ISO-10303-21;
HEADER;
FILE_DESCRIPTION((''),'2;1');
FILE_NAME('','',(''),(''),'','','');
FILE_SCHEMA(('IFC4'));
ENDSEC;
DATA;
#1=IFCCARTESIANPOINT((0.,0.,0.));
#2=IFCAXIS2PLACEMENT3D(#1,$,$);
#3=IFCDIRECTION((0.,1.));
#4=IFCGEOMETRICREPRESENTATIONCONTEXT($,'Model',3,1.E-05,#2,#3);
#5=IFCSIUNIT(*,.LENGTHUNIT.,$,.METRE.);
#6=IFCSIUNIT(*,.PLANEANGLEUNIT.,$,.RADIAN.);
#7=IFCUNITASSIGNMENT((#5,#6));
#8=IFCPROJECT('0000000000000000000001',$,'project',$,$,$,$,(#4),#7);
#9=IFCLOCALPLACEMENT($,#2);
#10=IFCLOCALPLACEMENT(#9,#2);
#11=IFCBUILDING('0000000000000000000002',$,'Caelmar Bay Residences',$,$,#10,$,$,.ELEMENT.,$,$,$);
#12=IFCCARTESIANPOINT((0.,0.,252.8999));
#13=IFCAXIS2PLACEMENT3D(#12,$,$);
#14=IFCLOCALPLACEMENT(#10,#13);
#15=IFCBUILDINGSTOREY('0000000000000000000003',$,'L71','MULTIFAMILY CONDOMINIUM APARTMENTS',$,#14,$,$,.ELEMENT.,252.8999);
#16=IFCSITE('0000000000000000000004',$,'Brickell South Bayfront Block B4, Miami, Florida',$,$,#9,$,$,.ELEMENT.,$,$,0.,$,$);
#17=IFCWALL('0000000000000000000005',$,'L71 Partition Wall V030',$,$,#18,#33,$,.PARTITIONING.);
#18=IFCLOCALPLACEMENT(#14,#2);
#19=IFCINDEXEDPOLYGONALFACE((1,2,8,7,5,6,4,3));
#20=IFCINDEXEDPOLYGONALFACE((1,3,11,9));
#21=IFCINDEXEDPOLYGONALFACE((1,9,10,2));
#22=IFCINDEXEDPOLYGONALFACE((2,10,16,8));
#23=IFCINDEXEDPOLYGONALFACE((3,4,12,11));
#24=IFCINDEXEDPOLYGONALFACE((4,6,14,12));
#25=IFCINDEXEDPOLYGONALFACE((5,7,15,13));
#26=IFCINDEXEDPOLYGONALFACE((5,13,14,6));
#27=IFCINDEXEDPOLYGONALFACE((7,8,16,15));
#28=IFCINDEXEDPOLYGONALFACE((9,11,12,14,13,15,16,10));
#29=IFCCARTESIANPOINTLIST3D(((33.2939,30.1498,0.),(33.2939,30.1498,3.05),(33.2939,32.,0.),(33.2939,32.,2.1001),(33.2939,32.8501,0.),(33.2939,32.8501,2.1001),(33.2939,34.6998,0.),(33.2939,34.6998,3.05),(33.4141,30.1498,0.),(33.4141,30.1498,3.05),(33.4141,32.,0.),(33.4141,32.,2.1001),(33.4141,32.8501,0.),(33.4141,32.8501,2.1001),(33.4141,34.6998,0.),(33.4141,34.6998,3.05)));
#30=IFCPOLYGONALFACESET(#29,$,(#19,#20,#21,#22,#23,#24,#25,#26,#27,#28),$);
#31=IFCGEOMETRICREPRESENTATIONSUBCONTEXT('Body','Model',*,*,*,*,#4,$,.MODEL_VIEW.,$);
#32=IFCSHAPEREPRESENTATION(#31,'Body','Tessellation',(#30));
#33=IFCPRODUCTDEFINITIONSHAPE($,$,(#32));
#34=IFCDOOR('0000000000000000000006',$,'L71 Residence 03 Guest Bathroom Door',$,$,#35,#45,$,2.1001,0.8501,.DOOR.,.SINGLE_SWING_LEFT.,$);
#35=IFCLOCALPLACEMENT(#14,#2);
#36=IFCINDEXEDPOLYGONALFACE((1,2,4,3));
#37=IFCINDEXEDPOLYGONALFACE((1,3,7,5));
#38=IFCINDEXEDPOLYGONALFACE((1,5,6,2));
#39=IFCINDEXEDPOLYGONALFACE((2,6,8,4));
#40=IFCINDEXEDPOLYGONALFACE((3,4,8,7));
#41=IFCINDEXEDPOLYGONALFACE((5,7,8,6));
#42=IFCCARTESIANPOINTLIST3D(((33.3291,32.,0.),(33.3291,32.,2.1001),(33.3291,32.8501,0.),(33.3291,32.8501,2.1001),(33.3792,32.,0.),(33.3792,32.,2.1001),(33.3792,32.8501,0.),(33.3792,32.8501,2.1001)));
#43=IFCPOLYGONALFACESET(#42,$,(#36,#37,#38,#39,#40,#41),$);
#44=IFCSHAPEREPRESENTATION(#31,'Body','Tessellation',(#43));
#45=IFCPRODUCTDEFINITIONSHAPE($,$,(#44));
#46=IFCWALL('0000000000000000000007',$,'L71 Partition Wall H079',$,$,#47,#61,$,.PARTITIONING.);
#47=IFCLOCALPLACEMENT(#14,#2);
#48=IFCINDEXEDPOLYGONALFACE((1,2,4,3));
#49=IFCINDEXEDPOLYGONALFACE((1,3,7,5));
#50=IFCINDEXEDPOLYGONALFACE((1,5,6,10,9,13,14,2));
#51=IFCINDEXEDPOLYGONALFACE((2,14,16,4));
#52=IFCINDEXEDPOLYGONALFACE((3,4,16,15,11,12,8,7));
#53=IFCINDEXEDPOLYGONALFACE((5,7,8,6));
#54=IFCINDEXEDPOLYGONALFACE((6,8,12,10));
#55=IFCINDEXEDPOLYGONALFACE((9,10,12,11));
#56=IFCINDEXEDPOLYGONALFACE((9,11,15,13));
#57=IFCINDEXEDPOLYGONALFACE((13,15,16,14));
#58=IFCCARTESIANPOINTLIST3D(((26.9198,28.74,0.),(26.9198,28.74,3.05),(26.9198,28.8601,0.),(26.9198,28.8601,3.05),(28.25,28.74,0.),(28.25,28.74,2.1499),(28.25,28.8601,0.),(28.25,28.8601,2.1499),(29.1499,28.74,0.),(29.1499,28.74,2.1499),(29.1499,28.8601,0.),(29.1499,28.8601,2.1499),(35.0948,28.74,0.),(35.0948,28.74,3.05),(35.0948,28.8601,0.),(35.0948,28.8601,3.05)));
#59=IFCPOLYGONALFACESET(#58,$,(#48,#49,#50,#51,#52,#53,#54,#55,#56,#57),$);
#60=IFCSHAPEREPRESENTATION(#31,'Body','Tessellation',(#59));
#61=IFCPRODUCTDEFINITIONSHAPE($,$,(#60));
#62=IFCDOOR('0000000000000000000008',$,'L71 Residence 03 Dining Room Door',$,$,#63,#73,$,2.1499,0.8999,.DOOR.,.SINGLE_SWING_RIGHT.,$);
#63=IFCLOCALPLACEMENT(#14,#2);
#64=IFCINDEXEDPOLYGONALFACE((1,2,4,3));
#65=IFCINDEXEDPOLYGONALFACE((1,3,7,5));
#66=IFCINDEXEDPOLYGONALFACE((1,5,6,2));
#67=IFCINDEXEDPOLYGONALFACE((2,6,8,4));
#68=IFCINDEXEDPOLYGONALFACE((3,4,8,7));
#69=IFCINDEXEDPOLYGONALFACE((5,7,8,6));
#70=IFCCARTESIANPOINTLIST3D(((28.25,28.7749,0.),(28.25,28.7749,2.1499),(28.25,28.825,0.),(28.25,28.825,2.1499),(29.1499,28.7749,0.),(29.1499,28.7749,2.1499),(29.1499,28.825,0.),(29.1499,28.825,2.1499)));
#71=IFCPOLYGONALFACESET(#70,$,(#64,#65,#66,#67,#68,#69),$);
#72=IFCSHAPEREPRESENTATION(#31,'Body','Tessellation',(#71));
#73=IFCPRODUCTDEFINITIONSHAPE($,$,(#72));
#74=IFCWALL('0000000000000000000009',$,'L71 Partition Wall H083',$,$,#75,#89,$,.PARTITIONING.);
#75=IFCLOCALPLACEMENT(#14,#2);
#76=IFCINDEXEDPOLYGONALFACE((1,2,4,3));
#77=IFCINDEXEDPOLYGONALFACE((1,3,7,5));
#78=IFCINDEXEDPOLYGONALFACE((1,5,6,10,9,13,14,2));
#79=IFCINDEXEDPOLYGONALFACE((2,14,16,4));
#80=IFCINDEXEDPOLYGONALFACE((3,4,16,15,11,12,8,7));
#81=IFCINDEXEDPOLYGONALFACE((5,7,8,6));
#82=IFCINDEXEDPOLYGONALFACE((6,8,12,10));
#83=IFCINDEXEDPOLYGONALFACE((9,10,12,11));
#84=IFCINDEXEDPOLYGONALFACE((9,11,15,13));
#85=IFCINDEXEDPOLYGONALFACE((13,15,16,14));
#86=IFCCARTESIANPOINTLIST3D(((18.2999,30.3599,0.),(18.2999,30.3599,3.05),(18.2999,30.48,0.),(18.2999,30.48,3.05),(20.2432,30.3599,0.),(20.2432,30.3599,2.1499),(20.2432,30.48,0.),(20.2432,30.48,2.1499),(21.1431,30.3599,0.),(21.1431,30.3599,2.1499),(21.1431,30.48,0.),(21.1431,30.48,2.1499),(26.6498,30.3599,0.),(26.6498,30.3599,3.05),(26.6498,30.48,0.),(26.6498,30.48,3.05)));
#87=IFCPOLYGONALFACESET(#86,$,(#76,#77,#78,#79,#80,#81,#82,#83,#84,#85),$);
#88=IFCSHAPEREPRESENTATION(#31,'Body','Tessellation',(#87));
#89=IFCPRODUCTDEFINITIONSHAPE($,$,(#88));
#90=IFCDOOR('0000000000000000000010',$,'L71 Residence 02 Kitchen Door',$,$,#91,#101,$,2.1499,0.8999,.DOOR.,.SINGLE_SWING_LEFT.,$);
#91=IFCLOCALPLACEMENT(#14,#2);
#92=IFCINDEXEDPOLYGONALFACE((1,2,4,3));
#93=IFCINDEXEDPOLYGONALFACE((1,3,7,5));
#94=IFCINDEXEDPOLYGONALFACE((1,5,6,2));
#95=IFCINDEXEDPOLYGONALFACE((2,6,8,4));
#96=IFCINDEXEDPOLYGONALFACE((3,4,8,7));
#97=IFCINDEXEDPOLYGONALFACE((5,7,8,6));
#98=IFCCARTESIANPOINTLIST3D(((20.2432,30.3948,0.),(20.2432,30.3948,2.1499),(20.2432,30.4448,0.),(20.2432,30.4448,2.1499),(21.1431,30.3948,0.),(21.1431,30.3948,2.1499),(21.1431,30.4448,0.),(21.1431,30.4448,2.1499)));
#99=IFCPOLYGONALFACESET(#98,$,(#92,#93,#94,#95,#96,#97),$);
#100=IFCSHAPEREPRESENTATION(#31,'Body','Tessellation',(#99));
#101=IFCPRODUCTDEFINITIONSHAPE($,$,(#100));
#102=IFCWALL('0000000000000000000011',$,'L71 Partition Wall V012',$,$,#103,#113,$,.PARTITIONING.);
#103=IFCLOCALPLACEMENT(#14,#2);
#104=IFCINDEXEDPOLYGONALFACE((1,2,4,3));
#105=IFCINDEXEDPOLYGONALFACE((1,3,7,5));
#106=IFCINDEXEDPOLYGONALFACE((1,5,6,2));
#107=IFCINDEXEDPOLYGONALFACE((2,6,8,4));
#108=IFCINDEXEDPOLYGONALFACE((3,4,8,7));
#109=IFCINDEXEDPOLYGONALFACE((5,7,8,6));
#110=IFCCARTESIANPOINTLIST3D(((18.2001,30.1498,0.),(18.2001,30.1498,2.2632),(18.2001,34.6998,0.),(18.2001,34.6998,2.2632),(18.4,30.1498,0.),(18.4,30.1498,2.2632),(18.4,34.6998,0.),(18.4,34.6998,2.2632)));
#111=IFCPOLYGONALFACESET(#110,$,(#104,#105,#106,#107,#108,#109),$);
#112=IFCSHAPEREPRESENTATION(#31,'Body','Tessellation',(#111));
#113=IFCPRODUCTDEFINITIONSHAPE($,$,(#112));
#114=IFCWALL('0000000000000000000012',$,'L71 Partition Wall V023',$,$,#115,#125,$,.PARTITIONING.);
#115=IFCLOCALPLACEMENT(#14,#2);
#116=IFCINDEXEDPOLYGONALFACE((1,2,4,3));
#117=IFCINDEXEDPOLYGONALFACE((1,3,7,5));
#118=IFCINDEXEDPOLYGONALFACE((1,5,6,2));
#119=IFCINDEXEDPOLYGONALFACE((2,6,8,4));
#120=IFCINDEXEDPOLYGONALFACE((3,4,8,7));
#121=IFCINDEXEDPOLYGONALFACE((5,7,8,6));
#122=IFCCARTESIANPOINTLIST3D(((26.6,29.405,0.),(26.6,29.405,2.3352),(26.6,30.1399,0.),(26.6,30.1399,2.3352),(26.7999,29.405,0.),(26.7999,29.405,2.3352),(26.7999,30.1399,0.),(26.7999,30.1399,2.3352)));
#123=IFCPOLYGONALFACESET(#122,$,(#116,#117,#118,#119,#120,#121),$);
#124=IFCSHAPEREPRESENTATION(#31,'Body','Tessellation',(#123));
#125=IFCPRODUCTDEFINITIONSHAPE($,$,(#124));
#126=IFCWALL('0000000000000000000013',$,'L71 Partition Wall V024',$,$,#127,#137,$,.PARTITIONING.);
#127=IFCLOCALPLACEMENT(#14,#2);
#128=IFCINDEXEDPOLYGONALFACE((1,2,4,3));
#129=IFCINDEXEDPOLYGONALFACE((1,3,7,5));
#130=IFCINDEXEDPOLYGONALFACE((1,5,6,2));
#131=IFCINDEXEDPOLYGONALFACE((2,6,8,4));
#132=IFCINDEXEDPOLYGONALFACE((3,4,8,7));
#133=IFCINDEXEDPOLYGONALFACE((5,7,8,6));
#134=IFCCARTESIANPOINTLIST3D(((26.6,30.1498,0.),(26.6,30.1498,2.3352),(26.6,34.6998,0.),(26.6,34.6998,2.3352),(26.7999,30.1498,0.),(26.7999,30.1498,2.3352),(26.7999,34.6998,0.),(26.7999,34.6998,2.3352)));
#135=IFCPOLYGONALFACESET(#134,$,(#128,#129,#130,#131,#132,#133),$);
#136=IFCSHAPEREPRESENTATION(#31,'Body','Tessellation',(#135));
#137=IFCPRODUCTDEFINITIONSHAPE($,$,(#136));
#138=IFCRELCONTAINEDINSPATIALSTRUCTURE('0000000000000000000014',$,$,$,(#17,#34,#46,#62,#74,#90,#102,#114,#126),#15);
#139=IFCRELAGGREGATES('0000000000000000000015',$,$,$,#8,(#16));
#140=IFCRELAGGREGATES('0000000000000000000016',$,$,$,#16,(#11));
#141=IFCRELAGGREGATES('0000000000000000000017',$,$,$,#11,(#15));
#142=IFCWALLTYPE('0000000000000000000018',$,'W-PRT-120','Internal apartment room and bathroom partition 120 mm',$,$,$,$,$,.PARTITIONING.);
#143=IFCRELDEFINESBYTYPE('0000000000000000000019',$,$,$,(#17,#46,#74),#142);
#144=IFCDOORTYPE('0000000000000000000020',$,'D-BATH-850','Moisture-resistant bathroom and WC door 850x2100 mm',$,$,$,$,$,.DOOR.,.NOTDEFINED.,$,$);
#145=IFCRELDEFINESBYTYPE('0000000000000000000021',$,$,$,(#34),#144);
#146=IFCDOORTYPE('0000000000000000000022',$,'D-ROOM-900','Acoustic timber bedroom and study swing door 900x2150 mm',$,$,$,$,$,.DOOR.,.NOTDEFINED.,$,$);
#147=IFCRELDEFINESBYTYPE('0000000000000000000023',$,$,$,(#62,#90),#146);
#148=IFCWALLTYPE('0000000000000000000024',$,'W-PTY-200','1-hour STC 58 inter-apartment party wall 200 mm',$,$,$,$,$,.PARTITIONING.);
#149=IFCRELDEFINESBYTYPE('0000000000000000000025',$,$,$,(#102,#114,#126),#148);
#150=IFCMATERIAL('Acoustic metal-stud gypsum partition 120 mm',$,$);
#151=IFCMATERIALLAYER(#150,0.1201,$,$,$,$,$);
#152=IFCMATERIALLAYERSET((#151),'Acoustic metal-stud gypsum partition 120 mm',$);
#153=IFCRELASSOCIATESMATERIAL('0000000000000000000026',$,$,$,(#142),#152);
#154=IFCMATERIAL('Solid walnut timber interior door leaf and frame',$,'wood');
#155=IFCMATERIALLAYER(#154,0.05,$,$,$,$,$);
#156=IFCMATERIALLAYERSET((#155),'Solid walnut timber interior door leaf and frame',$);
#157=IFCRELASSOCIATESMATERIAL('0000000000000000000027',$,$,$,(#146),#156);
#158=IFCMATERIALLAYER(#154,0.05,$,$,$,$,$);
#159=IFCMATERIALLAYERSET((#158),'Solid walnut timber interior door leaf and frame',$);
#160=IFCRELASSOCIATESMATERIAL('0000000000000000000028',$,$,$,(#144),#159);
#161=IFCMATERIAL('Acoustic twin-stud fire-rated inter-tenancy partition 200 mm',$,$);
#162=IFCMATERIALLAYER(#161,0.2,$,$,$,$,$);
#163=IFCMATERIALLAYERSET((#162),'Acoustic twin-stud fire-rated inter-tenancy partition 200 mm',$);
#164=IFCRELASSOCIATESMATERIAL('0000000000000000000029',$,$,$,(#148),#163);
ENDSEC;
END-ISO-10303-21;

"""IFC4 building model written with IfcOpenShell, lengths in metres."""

from ifc_helpers import new_model, si_unit, direction, frame, frame_2d, origin, place, context, subcontext, project, spatial, rectangle, extrude, material, layer, layer_set, type_object, element, fill, save


model = new_model("IFC4")

# Units and contexts
model_context = context("Model", 3, precision=1e-05, world=origin(), true_north=direction((0.0, 1.0)))
body_context = subcontext(model_context, "Body", "Model", "MODEL_VIEW")
ifc_project = project(units=[si_unit("LENGTHUNIT", "METRE"), si_unit("PLANEANGLEUNIT", "RADIAN")], contexts=[model_context])

# Site, building, storey
site_placement = place(None, origin())
site = spatial("IfcSite", under=ifc_project, at=site_placement, Name="Brickell South Bayfront Block B4, Miami, Florida", CompositionType="ELEMENT", RefElevation=0.0)
building_placement = place(site_placement, origin())
building = spatial("IfcBuilding", under=site, at=building_placement, Name="Caelmar Bay Residences", CompositionType="ELEMENT")
storey_placement = place(building_placement, frame((0.0, 0.0, 252.8999)))
storey = spatial("IfcBuildingStorey", under=building, at=storey_placement, Name="L71", Description="MULTIFAMILY CONDOMINIUM APARTMENTS", CompositionType="ELEMENT", Elevation=252.8999)

# Shared definitions
ifc_material_1 = material(Name="Acoustic metal-stud gypsum partition 120 mm")
ifc_layer_1 = layer(ifc_material_1, 0.1201)
ifc_layer_set_1 = layer_set([ifc_layer_1], Name="Acoustic metal-stud gypsum partition 120 mm")
wall_type_1 = type_object("IfcWallType", Name="W-PRT-120", Description="Internal apartment room and bathroom partition 120 mm", PredefinedType="PARTITIONING", material=ifc_layer_set_1)
ifc_material_2 = material(Name="Solid walnut timber interior door leaf and frame", Category="wood")
ifc_layer_2 = layer(ifc_material_2, 0.05)
ifc_layer_set_2 = layer_set([ifc_layer_2], Name="Solid walnut timber interior door leaf and frame")
door_type_1 = type_object("IfcDoorType", Name="D-ROOM-900", Description="Acoustic timber bedroom and study swing door 900x2150 mm", OperationType="NOTDEFINED", PredefinedType="DOOR", material=ifc_layer_set_2)

# Shared definitions
ifc_layer_3 = layer(ifc_material_2, 0.05)
ifc_layer_set_3 = layer_set([ifc_layer_3], Name="Solid walnut timber interior door leaf and frame")
door_type_2 = type_object("IfcDoorType", Name="D-BATH-850", Description="Moisture-resistant bathroom and WC door 850x2100 mm", OperationType="NOTDEFINED", PredefinedType="DOOR", material=ifc_layer_set_3)

# Walls, openings, doors
wall_1_placement = place(storey_placement, frame((33.354, 30.1499, 0.0), z_axis=(0.0, 0.0, 1.0), x_axis=(0.0, 1.0, 0.0)))
wall_1 = element("IfcWall", 1, at=wall_1_placement, inside=storey, type_object=wall_type_1, Name="L71 Partition Wall V030", PredefinedType="PARTITIONING", context=body_context, shape_type="SweptSolid", body=[
    extrude(rectangle(XDim=4.55, YDim=0.1201, at=frame_2d((2.2749, 0.0))), origin(), (0.0, 0.0, 1.0), 3.05),
])
opening_1_placement = place(wall_1_placement, frame((1.8501, 0.0, 0.0)))
opening_1 = element("IfcOpeningElement", 2, at=opening_1_placement, cuts=wall_1, PredefinedType="OPENING", context=body_context, shape_type="SweptSolid", body=[
    extrude(rectangle(XDim=0.8501, YDim=2.1001, at=frame_2d((0.425, 1.05))), frame((0.0, 0.0701, 0.0), z_axis=(0.0, -1.0, 0.0), x_axis=(1.0, 0.0, 0.0)), (0.0, 0.0, 1.0), 0.1401),
])
door_1_placement = place(opening_1_placement, origin())
door_1 = element("IfcDoor", 3, at=door_1_placement, inside=storey, type_object=door_type_2, Name="L71 Residence 03 Guest Bathroom Door", OperationType="SINGLE_SWING_LEFT", OverallHeight=2.1001, OverallWidth=0.8501, PredefinedType="DOOR", context=body_context, shape_type="SweptSolid", body=[
    extrude(rectangle(XDim=0.8501, YDim=2.1001, at=frame_2d((0.425, 1.05))), frame((0.0, 0.0249, 0.0), z_axis=(0.0, -1.0, 0.0), x_axis=(1.0, 0.0, 0.0)), (0.0, 0.0, 1.0), 0.05),
])
fill(opening_1, door_1)
wall_2_placement = place(storey_placement, frame((26.9199, 28.8, 0.0), z_axis=(0.0, 0.0, 1.0), x_axis=(1.0, 0.0, 0.0)))
wall_2 = element("IfcWall", 4, at=wall_2_placement, inside=storey, type_object=wall_type_1, Name="L71 Partition Wall H079", PredefinedType="PARTITIONING", context=body_context, shape_type="SweptSolid", body=[
    extrude(rectangle(XDim=8.175, YDim=0.1201, at=frame_2d((4.0874, 0.0))), origin(), (0.0, 0.0, 1.0), 3.05),
])
opening_2_placement = place(wall_2_placement, frame((1.3301, 0.0, 0.0)))
opening_2 = element("IfcOpeningElement", 5, at=opening_2_placement, cuts=wall_2, PredefinedType="OPENING", context=body_context, shape_type="SweptSolid", body=[
    extrude(rectangle(XDim=0.8999, YDim=2.1499, at=frame_2d((0.45, 1.075))), frame((0.0, 0.0701, 0.0), z_axis=(0.0, -1.0, 0.0), x_axis=(1.0, 0.0, 0.0)), (0.0, 0.0, 1.0), 0.1401),
])
door_2_placement = place(opening_2_placement, origin())
door_2 = element("IfcDoor", 6, at=door_2_placement, inside=storey, type_object=door_type_1, Name="L71 Residence 03 Dining Room Door", OperationType="SINGLE_SWING_RIGHT", OverallHeight=2.1499, OverallWidth=0.8999, PredefinedType="DOOR", context=body_context, shape_type="SweptSolid", body=[
    extrude(rectangle(XDim=0.8999, YDim=2.1499, at=frame_2d((0.45, 1.075))), frame((0.0, 0.0249, 0.0), z_axis=(0.0, -1.0, 0.0), x_axis=(1.0, 0.0, 0.0)), (0.0, 0.0, 1.0), 0.05),
])
fill(opening_2, door_2)
wall_3_placement = place(storey_placement, frame((18.3, 30.4199, 0.0), z_axis=(0.0, 0.0, 1.0), x_axis=(1.0, 0.0, 0.0)))
wall_3 = element("IfcWall", 7, at=wall_3_placement, inside=storey, type_object=wall_type_1, Name="L71 Partition Wall H083", PredefinedType="PARTITIONING", context=body_context, shape_type="SweptSolid", body=[
    extrude(rectangle(XDim=8.3499, YDim=0.1201, at=frame_2d((4.1748, 0.0))), origin(), (0.0, 0.0, 1.0), 3.05),
])
opening_3_placement = place(wall_3_placement, frame((1.9431, 0.0, 0.0)))
opening_3 = element("IfcOpeningElement", 8, at=opening_3_placement, cuts=wall_3, PredefinedType="OPENING", context=body_context, shape_type="SweptSolid", body=[
    extrude(rectangle(XDim=0.8999, YDim=2.1499, at=frame_2d((0.45, 1.075))), frame((0.0, 0.0701, 0.0), z_axis=(0.0, -1.0, 0.0), x_axis=(1.0, 0.0, 0.0)), (0.0, 0.0, 1.0), 0.1401),
])
door_3_placement = place(opening_3_placement, origin())
door_3 = element("IfcDoor", 9, at=door_3_placement, inside=storey, type_object=door_type_1, Name="L71 Residence 02 Kitchen Door", OperationType="SINGLE_SWING_LEFT", OverallHeight=2.1499, OverallWidth=0.8999, PredefinedType="DOOR", context=body_context, shape_type="SweptSolid", body=[
    extrude(rectangle(XDim=0.8999, YDim=2.1499, at=frame_2d((0.45, 1.075))), frame((0.0, 0.0249, 0.0), z_axis=(0.0, -1.0, 0.0), x_axis=(1.0, 0.0, 0.0)), (0.0, 0.0, 1.0), 0.05),
])
fill(opening_3, door_3)

# Walls
ifc_material_3 = material(Name="Acoustic twin-stud fire-rated inter-tenancy partition 200 mm")
ifc_layer_4 = layer(ifc_material_3, 0.2)
ifc_layer_set_4 = layer_set([ifc_layer_4], Name="Acoustic twin-stud fire-rated inter-tenancy partition 200 mm")
wall_type_2 = type_object("IfcWallType", Name="W-PTY-200", Description="1-hour STC 58 inter-apartment party wall 200 mm", PredefinedType="PARTITIONING", material=ifc_layer_set_4)
wall_4_placement = place(storey_placement, frame((18.3, 30.1499, 0.0), z_axis=(0.0, 0.0, 1.0), x_axis=(0.0, 1.0, 0.0)))
element("IfcWall", 10, at=wall_4_placement, inside=storey, type_object=wall_type_2, Name="L71 Partition Wall V012", PredefinedType="PARTITIONING", context=body_context, shape_type="SweptSolid", body=[
    extrude(rectangle(XDim=4.55, YDim=0.2, at=frame_2d((2.2749, 0.0))), origin(), (0.0, 0.0, 1.0), 2.2632),
])
wall_5_placement = place(storey_placement, frame((26.7, 29.405, 0.0), z_axis=(0.0, 0.0, 1.0), x_axis=(0.0, 1.0, 0.0)))
element("IfcWall", 11, at=wall_5_placement, inside=storey, type_object=wall_type_2, Name="L71 Partition Wall V023", PredefinedType="PARTITIONING", context=body_context, shape_type="SweptSolid", body=[
    extrude(rectangle(XDim=0.7349, YDim=0.2, at=frame_2d((0.3674, 0.0))), origin(), (0.0, 0.0, 1.0), 2.3352),
])
wall_6_placement = place(storey_placement, frame((26.7, 30.1499, 0.0), z_axis=(0.0, 0.0, 1.0), x_axis=(0.0, 1.0, 0.0)))
element("IfcWall", 12, at=wall_6_placement, inside=storey, type_object=wall_type_2, Name="L71 Partition Wall V024", PredefinedType="PARTITIONING", context=body_context, shape_type="SweptSolid", body=[
    extrude(rectangle(XDim=4.55, YDim=0.2, at=frame_2d((2.2749, 0.0))), origin(), (0.0, 0.0, 1.0), 2.3352),
])

save(model, "model.ifc")
